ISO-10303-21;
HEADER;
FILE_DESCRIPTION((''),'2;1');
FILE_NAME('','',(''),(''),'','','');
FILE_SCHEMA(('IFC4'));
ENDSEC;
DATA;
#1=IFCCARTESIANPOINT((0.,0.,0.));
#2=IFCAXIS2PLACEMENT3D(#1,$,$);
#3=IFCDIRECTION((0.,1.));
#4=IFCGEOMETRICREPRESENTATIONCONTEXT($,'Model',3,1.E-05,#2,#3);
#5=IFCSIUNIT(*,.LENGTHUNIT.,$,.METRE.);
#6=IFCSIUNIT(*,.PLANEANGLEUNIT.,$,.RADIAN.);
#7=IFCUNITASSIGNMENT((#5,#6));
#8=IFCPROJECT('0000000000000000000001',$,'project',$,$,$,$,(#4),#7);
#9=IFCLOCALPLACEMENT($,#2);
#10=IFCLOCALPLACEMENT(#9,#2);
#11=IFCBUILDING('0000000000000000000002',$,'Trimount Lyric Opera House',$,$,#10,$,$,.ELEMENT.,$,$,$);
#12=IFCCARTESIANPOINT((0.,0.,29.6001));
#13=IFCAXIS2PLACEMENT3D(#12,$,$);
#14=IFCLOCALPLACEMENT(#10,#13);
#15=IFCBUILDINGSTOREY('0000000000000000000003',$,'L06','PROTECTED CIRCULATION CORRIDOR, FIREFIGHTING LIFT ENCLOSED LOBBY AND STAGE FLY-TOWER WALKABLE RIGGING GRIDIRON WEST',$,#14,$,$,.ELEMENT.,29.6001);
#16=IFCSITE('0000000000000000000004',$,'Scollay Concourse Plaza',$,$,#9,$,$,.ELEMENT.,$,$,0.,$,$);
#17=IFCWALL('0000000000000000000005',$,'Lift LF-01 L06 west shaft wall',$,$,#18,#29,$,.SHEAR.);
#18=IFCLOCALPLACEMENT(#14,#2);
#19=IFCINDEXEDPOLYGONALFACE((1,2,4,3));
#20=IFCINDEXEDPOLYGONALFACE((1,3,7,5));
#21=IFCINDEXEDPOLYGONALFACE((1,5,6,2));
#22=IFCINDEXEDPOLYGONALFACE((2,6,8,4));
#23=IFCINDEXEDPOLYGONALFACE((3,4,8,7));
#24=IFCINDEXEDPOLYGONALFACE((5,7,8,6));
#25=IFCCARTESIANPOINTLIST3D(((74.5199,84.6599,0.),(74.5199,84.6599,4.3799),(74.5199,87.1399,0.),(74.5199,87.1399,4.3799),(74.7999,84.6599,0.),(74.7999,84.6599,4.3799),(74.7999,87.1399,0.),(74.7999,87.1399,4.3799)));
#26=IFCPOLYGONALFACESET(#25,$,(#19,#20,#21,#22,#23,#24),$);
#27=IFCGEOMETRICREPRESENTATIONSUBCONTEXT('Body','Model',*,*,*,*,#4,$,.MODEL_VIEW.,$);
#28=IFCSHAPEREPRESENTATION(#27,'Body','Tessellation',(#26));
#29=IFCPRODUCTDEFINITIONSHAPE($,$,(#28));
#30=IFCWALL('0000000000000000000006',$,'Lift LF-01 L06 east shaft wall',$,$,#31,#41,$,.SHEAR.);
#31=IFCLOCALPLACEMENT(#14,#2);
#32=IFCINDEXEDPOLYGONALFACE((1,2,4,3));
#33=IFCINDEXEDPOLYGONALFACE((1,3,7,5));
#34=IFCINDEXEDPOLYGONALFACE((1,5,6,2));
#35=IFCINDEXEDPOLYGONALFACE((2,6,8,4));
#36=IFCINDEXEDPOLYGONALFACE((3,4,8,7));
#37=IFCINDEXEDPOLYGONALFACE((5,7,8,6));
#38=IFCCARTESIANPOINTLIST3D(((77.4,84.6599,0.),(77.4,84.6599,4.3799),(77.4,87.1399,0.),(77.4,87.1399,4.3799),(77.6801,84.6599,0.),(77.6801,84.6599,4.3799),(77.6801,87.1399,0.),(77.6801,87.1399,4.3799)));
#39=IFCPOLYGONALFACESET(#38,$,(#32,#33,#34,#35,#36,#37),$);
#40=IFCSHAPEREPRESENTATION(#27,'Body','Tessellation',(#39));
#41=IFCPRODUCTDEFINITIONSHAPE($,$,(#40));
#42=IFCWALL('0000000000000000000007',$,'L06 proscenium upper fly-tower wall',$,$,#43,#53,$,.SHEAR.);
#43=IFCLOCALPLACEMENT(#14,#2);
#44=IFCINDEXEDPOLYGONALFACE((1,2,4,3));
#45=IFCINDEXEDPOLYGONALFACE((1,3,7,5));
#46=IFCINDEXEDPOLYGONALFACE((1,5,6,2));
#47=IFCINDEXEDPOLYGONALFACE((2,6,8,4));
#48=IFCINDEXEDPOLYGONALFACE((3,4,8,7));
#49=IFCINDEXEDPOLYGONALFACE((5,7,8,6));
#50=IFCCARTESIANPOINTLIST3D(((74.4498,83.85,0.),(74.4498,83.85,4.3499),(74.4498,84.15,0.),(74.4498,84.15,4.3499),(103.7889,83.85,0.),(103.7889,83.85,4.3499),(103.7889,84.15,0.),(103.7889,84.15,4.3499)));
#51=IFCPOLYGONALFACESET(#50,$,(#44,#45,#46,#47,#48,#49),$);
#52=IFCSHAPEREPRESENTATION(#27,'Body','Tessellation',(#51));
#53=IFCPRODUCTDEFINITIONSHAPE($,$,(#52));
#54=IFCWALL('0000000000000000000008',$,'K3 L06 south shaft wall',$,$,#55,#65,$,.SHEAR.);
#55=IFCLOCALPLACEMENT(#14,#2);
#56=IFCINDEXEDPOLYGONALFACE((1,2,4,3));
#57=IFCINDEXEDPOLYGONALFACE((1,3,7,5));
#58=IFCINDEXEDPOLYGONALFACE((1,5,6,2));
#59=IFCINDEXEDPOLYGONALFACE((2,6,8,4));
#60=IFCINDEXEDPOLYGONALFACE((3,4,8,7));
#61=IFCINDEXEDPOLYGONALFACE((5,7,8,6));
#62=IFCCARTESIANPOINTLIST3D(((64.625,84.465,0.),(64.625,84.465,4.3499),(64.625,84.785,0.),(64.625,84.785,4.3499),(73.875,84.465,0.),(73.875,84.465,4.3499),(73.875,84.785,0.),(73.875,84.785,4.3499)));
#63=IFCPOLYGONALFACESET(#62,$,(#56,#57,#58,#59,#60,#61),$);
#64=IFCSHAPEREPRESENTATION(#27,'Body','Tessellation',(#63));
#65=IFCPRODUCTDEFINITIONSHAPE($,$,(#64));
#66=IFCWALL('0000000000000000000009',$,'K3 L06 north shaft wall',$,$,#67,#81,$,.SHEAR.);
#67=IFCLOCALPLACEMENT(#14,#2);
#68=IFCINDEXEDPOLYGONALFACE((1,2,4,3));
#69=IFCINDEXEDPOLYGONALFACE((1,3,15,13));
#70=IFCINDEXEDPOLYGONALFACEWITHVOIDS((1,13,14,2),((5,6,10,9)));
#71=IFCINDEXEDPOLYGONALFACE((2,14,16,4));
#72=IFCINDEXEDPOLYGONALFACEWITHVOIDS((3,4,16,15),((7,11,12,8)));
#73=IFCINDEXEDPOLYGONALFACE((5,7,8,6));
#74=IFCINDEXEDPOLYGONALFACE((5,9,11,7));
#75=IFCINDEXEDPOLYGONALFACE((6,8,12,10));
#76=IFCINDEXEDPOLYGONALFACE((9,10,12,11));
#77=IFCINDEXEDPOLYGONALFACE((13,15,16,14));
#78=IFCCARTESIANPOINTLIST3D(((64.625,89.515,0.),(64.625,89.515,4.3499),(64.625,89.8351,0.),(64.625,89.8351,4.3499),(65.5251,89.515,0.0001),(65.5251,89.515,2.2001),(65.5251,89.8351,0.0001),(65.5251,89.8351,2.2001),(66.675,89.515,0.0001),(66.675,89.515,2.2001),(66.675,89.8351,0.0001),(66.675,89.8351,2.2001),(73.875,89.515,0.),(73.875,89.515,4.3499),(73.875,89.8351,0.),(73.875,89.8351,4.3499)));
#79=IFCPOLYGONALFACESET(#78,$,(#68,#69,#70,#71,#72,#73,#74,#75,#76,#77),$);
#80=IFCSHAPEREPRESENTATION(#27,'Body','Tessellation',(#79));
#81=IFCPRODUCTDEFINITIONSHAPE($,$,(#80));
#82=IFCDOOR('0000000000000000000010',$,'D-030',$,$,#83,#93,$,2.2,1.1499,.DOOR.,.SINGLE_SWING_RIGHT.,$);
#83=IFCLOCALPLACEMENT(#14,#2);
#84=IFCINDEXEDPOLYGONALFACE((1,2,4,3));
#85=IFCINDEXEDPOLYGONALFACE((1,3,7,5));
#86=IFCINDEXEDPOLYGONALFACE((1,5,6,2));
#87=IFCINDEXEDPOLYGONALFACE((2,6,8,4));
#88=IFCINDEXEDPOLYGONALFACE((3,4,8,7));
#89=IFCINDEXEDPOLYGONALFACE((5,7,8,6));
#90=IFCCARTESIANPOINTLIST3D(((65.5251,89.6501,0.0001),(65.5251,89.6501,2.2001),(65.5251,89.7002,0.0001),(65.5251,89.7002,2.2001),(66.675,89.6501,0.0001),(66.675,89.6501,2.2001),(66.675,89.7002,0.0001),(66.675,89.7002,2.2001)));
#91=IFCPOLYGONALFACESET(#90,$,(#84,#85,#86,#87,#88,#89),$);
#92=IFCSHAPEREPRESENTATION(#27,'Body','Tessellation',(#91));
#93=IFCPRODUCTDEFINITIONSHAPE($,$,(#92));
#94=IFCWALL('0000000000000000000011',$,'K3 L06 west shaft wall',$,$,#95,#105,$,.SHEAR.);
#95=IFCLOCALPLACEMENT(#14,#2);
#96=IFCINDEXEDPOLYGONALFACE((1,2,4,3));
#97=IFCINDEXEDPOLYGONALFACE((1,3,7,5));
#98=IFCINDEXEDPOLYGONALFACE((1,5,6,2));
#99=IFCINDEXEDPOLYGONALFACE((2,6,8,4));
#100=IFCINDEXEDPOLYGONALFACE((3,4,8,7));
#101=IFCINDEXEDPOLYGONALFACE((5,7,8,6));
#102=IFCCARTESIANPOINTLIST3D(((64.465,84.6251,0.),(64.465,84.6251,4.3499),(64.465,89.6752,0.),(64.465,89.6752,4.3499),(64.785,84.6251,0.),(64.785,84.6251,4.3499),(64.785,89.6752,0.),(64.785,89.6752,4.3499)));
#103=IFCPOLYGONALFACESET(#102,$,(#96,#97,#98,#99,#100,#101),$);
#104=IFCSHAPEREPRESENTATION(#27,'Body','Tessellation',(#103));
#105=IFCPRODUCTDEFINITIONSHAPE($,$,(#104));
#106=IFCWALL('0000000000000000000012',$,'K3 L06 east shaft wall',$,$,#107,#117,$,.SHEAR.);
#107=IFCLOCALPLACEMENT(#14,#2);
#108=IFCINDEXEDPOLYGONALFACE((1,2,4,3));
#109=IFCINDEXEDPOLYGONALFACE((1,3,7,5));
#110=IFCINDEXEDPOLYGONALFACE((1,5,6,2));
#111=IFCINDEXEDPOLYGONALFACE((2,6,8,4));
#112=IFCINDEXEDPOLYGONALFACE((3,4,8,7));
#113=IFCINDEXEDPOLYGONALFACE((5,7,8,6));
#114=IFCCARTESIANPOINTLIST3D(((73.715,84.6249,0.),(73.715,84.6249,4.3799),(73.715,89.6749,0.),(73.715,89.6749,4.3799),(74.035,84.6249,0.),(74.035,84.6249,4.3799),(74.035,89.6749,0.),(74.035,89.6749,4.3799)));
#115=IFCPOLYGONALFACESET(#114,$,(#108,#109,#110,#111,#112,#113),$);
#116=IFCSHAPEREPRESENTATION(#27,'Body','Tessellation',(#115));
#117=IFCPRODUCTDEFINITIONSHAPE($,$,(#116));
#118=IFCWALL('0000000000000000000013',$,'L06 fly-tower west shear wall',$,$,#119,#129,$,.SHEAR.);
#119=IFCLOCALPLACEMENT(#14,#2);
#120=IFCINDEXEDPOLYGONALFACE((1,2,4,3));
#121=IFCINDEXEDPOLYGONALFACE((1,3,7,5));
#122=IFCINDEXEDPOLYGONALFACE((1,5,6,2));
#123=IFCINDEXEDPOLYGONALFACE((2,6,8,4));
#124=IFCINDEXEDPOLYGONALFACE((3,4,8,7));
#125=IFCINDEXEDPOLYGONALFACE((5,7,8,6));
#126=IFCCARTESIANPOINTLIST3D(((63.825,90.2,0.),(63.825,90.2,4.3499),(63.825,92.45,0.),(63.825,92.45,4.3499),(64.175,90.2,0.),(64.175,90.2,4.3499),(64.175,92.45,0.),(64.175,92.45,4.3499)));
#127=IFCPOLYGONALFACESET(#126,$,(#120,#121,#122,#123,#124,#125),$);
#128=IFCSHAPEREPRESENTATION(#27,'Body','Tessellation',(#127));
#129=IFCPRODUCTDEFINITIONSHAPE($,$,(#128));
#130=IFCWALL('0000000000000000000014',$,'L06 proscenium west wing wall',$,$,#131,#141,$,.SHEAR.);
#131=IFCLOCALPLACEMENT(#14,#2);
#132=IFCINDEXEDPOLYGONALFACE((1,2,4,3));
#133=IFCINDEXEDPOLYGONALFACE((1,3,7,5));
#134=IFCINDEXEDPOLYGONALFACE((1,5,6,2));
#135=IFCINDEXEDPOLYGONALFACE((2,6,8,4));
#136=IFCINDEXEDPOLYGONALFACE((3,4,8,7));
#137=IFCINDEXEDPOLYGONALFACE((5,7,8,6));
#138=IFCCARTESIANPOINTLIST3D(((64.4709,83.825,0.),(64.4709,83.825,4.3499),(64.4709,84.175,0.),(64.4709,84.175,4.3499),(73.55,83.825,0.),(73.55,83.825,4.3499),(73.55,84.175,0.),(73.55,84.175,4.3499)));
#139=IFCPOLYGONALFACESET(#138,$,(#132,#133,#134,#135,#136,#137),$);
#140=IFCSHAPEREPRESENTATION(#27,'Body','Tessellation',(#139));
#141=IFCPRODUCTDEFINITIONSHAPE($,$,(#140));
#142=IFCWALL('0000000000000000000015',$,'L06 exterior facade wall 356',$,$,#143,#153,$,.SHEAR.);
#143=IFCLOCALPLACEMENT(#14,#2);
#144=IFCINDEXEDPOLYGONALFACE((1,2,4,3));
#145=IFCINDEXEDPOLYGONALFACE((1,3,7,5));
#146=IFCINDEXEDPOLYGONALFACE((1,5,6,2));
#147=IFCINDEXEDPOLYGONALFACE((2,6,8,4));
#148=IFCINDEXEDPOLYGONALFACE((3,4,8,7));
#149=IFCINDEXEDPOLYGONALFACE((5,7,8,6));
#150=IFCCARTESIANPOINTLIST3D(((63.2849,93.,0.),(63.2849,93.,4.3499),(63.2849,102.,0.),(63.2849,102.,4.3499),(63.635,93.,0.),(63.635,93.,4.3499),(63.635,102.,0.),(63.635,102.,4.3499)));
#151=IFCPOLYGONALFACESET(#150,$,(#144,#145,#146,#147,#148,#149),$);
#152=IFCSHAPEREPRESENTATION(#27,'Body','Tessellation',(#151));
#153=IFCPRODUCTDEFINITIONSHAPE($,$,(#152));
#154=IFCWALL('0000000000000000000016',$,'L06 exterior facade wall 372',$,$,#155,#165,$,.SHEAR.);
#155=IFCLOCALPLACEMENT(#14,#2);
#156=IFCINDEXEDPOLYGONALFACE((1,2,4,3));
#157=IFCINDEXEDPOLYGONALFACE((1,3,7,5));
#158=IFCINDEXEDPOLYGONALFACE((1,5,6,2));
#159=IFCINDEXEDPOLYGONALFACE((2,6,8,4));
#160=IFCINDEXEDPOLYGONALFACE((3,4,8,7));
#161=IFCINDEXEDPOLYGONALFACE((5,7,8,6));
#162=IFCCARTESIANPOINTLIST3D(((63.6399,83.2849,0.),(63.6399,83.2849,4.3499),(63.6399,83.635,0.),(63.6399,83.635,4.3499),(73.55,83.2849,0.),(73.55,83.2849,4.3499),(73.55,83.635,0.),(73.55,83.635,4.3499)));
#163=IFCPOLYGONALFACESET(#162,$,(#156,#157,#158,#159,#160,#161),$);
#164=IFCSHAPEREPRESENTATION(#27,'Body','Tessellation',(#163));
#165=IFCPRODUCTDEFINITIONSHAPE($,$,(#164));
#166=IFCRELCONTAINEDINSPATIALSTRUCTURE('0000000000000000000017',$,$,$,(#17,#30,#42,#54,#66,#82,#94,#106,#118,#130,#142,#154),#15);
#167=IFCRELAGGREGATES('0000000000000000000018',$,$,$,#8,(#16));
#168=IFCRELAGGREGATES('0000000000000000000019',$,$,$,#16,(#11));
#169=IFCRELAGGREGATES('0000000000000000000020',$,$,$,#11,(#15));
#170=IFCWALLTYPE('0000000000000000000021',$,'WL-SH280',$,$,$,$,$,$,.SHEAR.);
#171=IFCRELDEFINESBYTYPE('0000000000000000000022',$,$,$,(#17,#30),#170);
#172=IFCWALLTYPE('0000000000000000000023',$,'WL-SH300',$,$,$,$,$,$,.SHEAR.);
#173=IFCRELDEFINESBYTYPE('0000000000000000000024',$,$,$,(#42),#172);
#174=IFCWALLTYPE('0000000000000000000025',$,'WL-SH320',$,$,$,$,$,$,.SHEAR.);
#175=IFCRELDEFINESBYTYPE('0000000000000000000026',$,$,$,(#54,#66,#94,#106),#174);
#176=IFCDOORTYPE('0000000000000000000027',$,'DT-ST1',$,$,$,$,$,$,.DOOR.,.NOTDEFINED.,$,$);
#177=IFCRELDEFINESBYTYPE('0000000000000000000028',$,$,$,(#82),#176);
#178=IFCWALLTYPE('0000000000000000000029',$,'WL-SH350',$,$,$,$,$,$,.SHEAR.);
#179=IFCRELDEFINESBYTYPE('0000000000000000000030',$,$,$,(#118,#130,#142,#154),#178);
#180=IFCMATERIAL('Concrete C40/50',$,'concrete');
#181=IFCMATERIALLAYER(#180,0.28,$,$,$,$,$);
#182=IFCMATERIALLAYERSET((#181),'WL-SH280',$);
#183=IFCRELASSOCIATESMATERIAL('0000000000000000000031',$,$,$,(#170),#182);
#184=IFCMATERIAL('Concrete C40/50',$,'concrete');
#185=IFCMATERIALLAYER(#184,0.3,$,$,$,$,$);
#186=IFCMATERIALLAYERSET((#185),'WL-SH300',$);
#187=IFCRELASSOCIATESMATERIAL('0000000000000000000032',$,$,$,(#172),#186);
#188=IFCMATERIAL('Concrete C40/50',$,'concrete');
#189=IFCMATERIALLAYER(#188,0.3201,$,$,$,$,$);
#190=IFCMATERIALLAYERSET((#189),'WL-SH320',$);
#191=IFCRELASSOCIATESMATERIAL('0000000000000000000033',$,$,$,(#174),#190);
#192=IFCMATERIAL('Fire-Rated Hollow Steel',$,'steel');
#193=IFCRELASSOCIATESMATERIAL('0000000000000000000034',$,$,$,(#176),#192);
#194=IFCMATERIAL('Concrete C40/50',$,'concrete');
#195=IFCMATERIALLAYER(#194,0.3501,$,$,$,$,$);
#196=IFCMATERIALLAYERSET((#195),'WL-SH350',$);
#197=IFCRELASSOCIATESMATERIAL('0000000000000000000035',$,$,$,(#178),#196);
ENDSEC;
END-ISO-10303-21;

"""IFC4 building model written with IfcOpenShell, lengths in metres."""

from ifc_helpers import new_model, si_unit, direction, frame, frame_2d, origin, place, context, subcontext, project, spatial, rectangle, extrude, material, layer, layer_set, type_object, element, fill, save


model = new_model("IFC4")

# Units and contexts
model_context = context("Model", 3, precision=1e-05, world=origin(), true_north=direction((0.0, 1.0)))
body_context = subcontext(model_context, "Body", "Model", "MODEL_VIEW")
ifc_project = project(units=[si_unit("LENGTHUNIT", "METRE"), si_unit("PLANEANGLEUNIT", "RADIAN")], contexts=[model_context])

# Site, building, storey
site_placement = place(None, origin())
site = spatial("IfcSite", under=ifc_project, at=site_placement, Name="Scollay Concourse Plaza", CompositionType="ELEMENT", RefElevation=0.0)
building_placement = place(site_placement, origin())
building = spatial("IfcBuilding", under=site, at=building_placement, Name="Trimount Lyric Opera House", CompositionType="ELEMENT")
storey_placement = place(building_placement, frame((0.0, 0.0, 29.6001)))
storey = spatial("IfcBuildingStorey", under=building, at=storey_placement, Name="L06", Description="PROTECTED CIRCULATION CORRIDOR, FIREFIGHTING LIFT ENCLOSED LOBBY AND STAGE FLY-TOWER WALKABLE RIGGING GRIDIRON WEST", CompositionType="ELEMENT", Elevation=29.6001)

# Shared definitions
ifc_material_1 = material(Name="Concrete C40/50", Category="concrete")
ifc_layer_1 = layer(ifc_material_1, 0.28)
ifc_layer_set_1 = layer_set([ifc_layer_1], Name="WL-SH280")
wall_type_1 = type_object("IfcWallType", Name="WL-SH280", PredefinedType="SHEAR", material=ifc_layer_set_1)

# Walls
for number, where, z_axis, x_axis, name in (
    (1, (74.6599, 87.1399, 0.0), (0.0, 0.0, 1.0), (0.0, -1.0, 0.0), "Lift LF-01 L06 west shaft wall"),
    (2, (77.54, 84.6599, 0.0), (0.0, 0.0, 1.0), (0.0, 1.0, 0.0), "Lift LF-01 L06 east shaft wall"),
):
    element("IfcWall", number, at=place(storey_placement, frame(where, z_axis=z_axis, x_axis=x_axis)), inside=storey, type_object=wall_type_1, Name=name, PredefinedType="SHEAR", context=body_context, shape_type="SweptSolid", body=[
        extrude(rectangle(XDim=2.48, YDim=0.28, at=frame_2d((1.24, 0.0))), origin(), (0.0, 0.0, 1.0), 4.3799),
    ])
ifc_material_2 = material(Name="Concrete C40/50", Category="concrete")
ifc_layer_2 = layer(ifc_material_2, 0.3)
ifc_layer_set_2 = layer_set([ifc_layer_2], Name="WL-SH300")
wall_type_2 = type_object("IfcWallType", Name="WL-SH300", PredefinedType="SHEAR", material=ifc_layer_set_2)
wall_1_placement = place(storey_placement, frame((74.45, 84.0, 0.0), z_axis=(0.0, 0.0, 1.0), x_axis=(1.0, 0.0, 0.0)))
element("IfcWall", 3, at=wall_1_placement, inside=storey, type_object=wall_type_2, Name="L06 proscenium upper fly-tower wall", PredefinedType="SHEAR", context=body_context, shape_type="SweptSolid", body=[
    extrude(rectangle(XDim=29.3391, YDim=0.3, at=frame_2d((14.6694, 0.0))), origin(), (0.0, 0.0, 1.0), 4.3499),
])
ifc_material_3 = material(Name="Concrete C40/50", Category="concrete")
ifc_layer_3 = layer(ifc_material_3, 0.3201)
ifc_layer_set_3 = layer_set([ifc_layer_3], Name="WL-SH320")
wall_type_3 = type_object("IfcWallType", Name="WL-SH320", PredefinedType="SHEAR", material=ifc_layer_set_3)
wall_2_placement = place(storey_placement, frame((64.625, 84.625, 0.0), z_axis=(0.0, 0.0, 1.0), x_axis=(1.0, 0.0, 0.0)))
element("IfcWall", 4, at=wall_2_placement, inside=storey, type_object=wall_type_3, Name="K3 L06 south shaft wall", PredefinedType="SHEAR", context=body_context, shape_type="SweptSolid", body=[
    extrude(rectangle(XDim=9.25, YDim=0.3201, at=frame_2d((4.625, 0.0))), origin(), (0.0, 0.0, 1.0), 4.3499),
])

# Wall, opening, door
wall_3_placement = place(storey_placement, frame((73.875, 89.675, 0.0), z_axis=(0.0, 0.0, 1.0), x_axis=(-1.0, 0.0, 0.0)))
wall_3 = element("IfcWall", 5, at=wall_3_placement, inside=storey, type_object=wall_type_3, Name="K3 L06 north shaft wall", PredefinedType="SHEAR", context=body_context, shape_type="SweptSolid", body=[
    extrude(rectangle(XDim=9.25, YDim=0.3201, at=frame_2d((4.625, 0.0))), origin(), (0.0, 0.0, 1.0), 4.3499),
])
opening_1_placement = place(wall_3_placement, frame((7.2, 0.0, 0.0)))
opening_1 = element("IfcOpeningElement", 6, at=opening_1_placement, cuts=wall_3, PredefinedType="OPENING", context=body_context, shape_type="SweptSolid", body=[
    extrude(rectangle(XDim=1.1499, YDim=2.2, at=frame_2d((0.575, 1.1001))), frame((0.0, 0.1699, 0.0), z_axis=(0.0, -1.0, 0.0), x_axis=(1.0, 0.0, 0.0)), (0.0, 0.0, 1.0), 0.3401),
])
ifc_material_4 = material(Name="Fire-Rated Hollow Steel", Category="steel")
door_type_1 = type_object("IfcDoorType", Name="DT-ST1", OperationType="NOTDEFINED", PredefinedType="DOOR", material=ifc_material_4)
door_1_placement = place(opening_1_placement, origin())
door_1 = element("IfcDoor", 7, at=door_1_placement, inside=storey, type_object=door_type_1, Name="D-030", OperationType="SINGLE_SWING_RIGHT", OverallHeight=2.2, OverallWidth=1.1499, PredefinedType="DOOR", context=body_context, shape_type="SweptSolid", body=[
    extrude(rectangle(XDim=1.1499, YDim=2.2, at=frame_2d((0.575, 1.1001))), frame((0.0, 0.0249, 0.0), z_axis=(0.0, -1.0, 0.0), x_axis=(1.0, 0.0, 0.0)), (0.0, 0.0, 1.0), 0.05),
])
fill(opening_1, door_1)

# Walls
wall_4_placement = place(storey_placement, frame((64.625, 89.675, 0.0), z_axis=(0.0, 0.0, 1.0), x_axis=(0.0, -1.0, 0.0)))
element("IfcWall", 8, at=wall_4_placement, inside=storey, type_object=wall_type_3, Name="K3 L06 west shaft wall", PredefinedType="SHEAR", context=body_context, shape_type="SweptSolid", body=[
    extrude(rectangle(XDim=5.05, YDim=0.3201, at=frame_2d((2.5249, 0.0))), origin(), (0.0, 0.0, 1.0), 4.3499),
])
wall_5_placement = place(storey_placement, frame((73.875, 84.625, 0.0), z_axis=(0.0, 0.0, 1.0), x_axis=(0.0, 1.0, 0.0)))
element("IfcWall", 9, at=wall_5_placement, inside=storey, type_object=wall_type_3, Name="K3 L06 east shaft wall", PredefinedType="SHEAR", context=body_context, shape_type="SweptSolid", body=[
    extrude(rectangle(XDim=5.05, YDim=0.3201, at=frame_2d((2.5249, 0.0))), origin(), (0.0, 0.0, 1.0), 4.3799),
])
ifc_material_5 = material(Name="Concrete C40/50", Category="concrete")
ifc_layer_4 = layer(ifc_material_5, 0.3501)
ifc_layer_set_4 = layer_set([ifc_layer_4], Name="WL-SH350")
wall_type_4 = type_object("IfcWallType", Name="WL-SH350", PredefinedType="SHEAR", material=ifc_layer_set_4)
wall_6_placement = place(storey_placement, frame((64.0, 90.2, 0.0), z_axis=(0.0, 0.0, 1.0), x_axis=(0.0, 1.0, 0.0)))
element("IfcWall", 10, at=wall_6_placement, inside=storey, type_object=wall_type_4, Name="L06 fly-tower west shear wall", PredefinedType="SHEAR", context=body_context, shape_type="SweptSolid", body=[
    extrude(rectangle(XDim=2.25, YDim=0.3501, at=frame_2d((1.125, 0.0))), origin(), (0.0, 0.0, 1.0), 4.3499),
])
wall_7_placement = place(storey_placement, frame((64.4709, 84.0, 0.0), z_axis=(0.0, 0.0, 1.0), x_axis=(1.0, 0.0, 0.0)))
element("IfcWall", 11, at=wall_7_placement, inside=storey, type_object=wall_type_4, Name="L06 proscenium west wing wall", PredefinedType="SHEAR", context=body_context, shape_type="SweptSolid", body=[
    extrude(rectangle(XDim=9.0791, YDim=0.3501, at=frame_2d((4.5396, 0.0))), origin(), (0.0, 0.0, 1.0), 4.3499),
])
wall_8_placement = place(storey_placement, frame((63.46, 93.0, 0.0), z_axis=(0.0, 0.0, 1.0), x_axis=(0.0, 1.0, 0.0)))
element("IfcWall", 12, at=wall_8_placement, inside=storey, type_object=wall_type_4, Name="L06 exterior facade wall 356", PredefinedType="SHEAR", context=body_context, shape_type="SweptSolid", body=[
    extrude(rectangle(XDim=9.0, YDim=0.3501, at=frame_2d((4.5, 0.0))), origin(), (0.0, 0.0, 1.0), 4.3499),
])
wall_9_placement = place(storey_placement, frame((73.55, 83.46, 0.0), z_axis=(0.0, 0.0, 1.0), x_axis=(-1.0, 0.0, 0.0)))
element("IfcWall", 13, at=wall_9_placement, inside=storey, type_object=wall_type_4, Name="L06 exterior facade wall 372", PredefinedType="SHEAR", context=body_context, shape_type="SweptSolid", body=[
    extrude(rectangle(XDim=9.9102, YDim=0.3501, at=frame_2d((4.9551, 0.0))), origin(), (0.0, 0.0, 1.0), 4.3499),
])

save(model, "model.ifc")
